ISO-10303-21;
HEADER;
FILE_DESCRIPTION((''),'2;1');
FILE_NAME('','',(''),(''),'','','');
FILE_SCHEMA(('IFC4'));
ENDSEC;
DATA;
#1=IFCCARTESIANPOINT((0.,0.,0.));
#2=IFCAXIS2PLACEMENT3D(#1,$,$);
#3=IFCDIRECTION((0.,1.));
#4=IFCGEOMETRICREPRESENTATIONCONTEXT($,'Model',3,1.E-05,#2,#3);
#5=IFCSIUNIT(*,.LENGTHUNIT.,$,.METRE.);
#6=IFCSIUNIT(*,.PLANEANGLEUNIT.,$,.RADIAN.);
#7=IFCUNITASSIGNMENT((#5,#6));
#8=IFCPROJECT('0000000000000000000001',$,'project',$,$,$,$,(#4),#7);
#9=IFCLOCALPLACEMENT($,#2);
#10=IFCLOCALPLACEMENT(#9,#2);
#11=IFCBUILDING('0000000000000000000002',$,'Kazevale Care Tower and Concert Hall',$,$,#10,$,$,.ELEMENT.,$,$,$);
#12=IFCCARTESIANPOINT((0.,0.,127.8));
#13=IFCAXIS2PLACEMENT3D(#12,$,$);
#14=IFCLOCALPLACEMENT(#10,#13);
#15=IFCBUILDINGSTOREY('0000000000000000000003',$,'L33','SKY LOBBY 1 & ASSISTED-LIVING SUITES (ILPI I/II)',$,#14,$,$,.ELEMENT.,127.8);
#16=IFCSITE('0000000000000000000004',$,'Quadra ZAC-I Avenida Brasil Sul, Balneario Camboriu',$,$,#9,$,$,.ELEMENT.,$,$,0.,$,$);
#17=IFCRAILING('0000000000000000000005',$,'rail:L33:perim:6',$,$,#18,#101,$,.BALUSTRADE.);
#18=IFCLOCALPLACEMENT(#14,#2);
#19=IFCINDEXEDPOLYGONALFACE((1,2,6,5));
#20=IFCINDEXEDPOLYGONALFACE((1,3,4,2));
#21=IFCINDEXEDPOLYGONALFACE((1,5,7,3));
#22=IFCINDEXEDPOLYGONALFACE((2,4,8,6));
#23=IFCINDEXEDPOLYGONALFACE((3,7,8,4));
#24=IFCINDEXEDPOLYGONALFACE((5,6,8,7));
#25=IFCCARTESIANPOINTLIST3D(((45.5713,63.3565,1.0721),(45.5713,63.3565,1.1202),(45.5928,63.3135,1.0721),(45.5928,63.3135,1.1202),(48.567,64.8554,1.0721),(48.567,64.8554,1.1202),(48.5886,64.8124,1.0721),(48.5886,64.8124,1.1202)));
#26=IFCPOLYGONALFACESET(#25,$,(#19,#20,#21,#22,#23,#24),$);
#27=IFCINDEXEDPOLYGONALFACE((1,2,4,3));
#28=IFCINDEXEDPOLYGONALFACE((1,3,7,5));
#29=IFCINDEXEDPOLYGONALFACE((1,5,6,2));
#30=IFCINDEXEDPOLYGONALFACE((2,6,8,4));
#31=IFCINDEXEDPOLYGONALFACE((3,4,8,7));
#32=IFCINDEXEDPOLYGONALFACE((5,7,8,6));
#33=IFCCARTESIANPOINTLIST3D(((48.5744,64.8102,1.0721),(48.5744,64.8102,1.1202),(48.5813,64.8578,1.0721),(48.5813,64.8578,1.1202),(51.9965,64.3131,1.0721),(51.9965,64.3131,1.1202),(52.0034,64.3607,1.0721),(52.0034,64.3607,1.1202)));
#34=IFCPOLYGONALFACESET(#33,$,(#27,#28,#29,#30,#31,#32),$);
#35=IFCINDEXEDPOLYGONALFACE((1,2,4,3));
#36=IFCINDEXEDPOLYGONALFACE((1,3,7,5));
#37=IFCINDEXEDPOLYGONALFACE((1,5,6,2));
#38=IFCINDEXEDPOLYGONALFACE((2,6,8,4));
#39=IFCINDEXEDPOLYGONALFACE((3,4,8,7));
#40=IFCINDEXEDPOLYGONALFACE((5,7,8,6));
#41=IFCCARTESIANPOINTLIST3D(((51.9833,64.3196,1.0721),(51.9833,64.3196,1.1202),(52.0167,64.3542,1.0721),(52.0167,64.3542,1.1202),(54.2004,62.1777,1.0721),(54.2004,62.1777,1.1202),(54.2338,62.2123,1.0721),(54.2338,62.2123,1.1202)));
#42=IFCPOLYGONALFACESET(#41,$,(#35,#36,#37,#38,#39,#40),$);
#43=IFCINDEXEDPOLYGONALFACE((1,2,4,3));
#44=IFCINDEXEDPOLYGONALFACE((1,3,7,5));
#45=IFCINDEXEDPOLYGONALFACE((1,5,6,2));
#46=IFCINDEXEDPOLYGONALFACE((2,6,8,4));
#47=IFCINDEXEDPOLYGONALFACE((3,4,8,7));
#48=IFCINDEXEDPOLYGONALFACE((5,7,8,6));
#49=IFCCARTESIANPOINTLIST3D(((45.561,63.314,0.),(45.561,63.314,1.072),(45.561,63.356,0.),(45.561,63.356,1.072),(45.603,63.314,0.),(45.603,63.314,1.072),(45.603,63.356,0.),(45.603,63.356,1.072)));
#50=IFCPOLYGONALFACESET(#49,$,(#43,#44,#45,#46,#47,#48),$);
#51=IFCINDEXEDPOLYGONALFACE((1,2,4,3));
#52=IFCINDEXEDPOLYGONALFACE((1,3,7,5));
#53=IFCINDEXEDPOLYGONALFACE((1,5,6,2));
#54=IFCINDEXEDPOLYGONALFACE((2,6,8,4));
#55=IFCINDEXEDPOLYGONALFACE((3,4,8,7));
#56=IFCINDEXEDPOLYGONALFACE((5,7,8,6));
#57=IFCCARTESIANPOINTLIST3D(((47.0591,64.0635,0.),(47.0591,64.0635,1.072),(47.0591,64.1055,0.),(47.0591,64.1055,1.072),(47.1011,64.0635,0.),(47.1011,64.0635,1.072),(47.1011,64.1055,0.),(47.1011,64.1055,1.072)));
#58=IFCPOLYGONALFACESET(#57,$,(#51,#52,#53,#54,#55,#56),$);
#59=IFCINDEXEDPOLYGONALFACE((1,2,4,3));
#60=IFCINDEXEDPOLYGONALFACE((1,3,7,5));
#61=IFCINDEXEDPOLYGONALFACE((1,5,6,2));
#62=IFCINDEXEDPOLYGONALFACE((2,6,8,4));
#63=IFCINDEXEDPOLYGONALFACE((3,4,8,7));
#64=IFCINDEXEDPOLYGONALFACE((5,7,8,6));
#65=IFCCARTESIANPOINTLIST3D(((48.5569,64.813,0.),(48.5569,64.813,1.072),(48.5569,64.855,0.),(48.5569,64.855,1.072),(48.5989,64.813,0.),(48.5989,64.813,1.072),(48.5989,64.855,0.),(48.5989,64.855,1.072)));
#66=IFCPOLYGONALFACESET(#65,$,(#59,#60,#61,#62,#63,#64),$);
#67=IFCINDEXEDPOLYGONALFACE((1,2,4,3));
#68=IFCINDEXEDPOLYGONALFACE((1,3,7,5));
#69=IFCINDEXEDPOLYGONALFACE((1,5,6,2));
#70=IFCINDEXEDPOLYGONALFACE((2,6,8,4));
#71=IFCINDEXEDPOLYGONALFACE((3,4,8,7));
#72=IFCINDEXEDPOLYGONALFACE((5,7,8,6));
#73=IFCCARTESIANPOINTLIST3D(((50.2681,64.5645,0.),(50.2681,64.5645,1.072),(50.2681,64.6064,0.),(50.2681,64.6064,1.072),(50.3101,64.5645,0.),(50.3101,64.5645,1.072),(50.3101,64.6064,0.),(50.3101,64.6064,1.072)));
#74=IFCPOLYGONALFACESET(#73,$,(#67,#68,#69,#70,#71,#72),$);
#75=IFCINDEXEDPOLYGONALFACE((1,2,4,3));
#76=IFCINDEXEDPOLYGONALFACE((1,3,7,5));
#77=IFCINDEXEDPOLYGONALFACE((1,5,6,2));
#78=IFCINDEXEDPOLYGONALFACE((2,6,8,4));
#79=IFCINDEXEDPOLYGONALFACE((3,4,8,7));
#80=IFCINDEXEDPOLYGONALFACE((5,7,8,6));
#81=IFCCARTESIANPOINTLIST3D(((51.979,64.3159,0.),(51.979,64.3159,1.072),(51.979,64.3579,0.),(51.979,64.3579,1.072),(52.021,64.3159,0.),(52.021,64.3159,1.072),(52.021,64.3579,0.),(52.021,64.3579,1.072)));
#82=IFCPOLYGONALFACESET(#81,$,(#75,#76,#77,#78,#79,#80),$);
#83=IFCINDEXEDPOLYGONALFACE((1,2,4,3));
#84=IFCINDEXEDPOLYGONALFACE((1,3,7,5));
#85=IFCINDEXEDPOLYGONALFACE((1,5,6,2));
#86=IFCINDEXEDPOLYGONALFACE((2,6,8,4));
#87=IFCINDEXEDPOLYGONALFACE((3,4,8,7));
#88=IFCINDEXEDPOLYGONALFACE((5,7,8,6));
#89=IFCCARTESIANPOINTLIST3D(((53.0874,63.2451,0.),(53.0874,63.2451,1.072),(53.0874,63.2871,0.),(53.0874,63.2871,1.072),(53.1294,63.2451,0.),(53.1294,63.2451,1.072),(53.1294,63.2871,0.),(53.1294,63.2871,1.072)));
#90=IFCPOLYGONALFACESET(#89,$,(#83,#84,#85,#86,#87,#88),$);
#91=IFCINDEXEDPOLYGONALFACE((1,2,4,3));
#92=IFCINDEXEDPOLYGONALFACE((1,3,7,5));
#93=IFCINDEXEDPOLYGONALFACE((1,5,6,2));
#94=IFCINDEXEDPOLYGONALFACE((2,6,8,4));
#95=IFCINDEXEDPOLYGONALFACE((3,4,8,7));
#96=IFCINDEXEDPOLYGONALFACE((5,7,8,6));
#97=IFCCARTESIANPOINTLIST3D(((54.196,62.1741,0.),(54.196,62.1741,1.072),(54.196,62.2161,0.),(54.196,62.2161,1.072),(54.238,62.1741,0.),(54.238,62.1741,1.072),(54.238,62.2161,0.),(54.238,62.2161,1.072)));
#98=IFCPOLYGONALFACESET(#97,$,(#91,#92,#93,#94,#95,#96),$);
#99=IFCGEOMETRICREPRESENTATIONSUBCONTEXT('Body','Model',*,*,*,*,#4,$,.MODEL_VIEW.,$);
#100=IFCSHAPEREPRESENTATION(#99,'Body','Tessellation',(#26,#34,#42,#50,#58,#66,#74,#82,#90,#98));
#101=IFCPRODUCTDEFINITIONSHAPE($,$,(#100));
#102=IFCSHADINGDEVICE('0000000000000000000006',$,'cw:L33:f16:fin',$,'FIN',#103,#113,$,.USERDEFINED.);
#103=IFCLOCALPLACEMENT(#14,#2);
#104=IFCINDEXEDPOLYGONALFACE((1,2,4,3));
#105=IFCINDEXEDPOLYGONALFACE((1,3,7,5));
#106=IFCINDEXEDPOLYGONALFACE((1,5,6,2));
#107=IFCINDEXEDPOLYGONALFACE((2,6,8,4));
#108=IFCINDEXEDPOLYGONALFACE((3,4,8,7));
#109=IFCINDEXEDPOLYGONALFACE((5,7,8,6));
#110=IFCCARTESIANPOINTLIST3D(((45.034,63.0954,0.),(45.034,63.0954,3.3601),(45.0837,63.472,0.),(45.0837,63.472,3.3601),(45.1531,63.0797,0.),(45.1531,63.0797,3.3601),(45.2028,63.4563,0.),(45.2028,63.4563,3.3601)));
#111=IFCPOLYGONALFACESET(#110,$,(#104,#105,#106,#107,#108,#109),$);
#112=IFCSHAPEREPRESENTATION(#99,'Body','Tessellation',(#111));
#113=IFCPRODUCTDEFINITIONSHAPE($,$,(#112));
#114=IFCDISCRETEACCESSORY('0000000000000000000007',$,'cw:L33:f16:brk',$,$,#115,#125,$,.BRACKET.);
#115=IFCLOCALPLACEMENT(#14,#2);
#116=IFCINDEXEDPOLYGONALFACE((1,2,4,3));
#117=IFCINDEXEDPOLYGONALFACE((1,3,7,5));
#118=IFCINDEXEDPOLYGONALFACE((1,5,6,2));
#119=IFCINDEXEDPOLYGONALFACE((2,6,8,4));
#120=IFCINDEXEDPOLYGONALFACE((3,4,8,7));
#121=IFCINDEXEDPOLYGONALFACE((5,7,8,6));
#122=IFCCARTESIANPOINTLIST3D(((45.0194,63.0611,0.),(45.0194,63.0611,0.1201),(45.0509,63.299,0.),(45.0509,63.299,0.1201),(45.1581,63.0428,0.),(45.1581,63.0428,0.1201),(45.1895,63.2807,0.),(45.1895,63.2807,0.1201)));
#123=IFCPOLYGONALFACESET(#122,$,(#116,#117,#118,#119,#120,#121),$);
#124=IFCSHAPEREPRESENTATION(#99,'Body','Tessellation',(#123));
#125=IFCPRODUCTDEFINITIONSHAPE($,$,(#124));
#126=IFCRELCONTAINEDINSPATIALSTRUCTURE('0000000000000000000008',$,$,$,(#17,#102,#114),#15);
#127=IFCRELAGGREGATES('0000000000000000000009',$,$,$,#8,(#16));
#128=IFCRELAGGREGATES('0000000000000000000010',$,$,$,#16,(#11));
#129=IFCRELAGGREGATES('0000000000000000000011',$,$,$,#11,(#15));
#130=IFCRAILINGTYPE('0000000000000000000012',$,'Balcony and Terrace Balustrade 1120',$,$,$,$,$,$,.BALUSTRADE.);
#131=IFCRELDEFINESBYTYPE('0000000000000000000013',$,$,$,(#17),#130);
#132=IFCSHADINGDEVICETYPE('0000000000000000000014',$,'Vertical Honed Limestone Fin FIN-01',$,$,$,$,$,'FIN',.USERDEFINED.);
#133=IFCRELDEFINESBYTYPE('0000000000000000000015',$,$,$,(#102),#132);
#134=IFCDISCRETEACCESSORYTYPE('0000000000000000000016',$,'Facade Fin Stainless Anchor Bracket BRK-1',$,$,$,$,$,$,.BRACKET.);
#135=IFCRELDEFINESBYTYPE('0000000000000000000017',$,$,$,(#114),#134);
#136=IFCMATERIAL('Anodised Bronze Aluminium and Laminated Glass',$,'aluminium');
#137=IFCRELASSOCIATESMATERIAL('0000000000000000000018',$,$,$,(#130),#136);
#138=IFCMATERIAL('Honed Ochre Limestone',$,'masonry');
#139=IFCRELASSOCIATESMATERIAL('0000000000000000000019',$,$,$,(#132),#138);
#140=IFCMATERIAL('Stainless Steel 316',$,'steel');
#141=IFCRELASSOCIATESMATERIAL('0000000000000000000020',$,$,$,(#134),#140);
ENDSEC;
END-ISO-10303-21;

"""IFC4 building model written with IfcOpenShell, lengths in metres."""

from ifc_helpers import new_model, si_unit, direction, frame, origin, origin_2d, place, context, subcontext, project, spatial, rectangle, extrude, material, type_object, element, save


model = new_model("IFC4")

# Units and contexts
model_context = context("Model", 3, precision=1e-05, world=origin(), true_north=direction((0.0, 1.0)))
body_context = subcontext(model_context, "Body", "Model", "MODEL_VIEW")
ifc_project = project(units=[si_unit("LENGTHUNIT", "METRE"), si_unit("PLANEANGLEUNIT", "RADIAN")], contexts=[model_context])

# Site, building, storey
site_placement = place(None, origin())
site = spatial("IfcSite", under=ifc_project, at=site_placement, Name="Quadra ZAC-I Avenida Brasil Sul, Balneario Camboriu", CompositionType="ELEMENT", RefElevation=0.0)
building_placement = place(site_placement, origin())
building = spatial("IfcBuilding", under=site, at=building_placement, Name="Kazevale Care Tower and Concert Hall", CompositionType="ELEMENT")
storey_placement = place(building_placement, frame((0.0, 0.0, 127.8)))
storey = spatial("IfcBuildingStorey", under=building, at=storey_placement, Name="L33", Description="SKY LOBBY 1 & ASSISTED-LIVING SUITES (ILPI I/II)", CompositionType="ELEMENT", Elevation=127.8)

# Railing
ifc_material_1 = material(Name="Anodised Bronze Aluminium and Laminated Glass", Category="aluminium")
railing_type = type_object("IfcRailingType", Name="Balcony and Terrace Balustrade 1120", PredefinedType="BALUSTRADE", material=ifc_material_1)
railing_placement = place(storey_placement, frame((45.582, 63.335, 0.0)))
element("IfcRailing", 1, at=railing_placement, inside=storey, type_object=railing_type, Name="rail:L33:perim:6", PredefinedType="BALUSTRADE", context=body_context, shape_type="SweptSolid", body=[
    extrude(rectangle(XDim=0.0481, YDim=0.0481, at=origin_2d()), frame((0.0, 0.0, 1.0962), z_axis=(0.894296, 0.447476, 0.0), x_axis=(-0.447476, 0.894296, 0.0)), (0.0, 0.0, 1.0), 3.3499),
    extrude(rectangle(XDim=0.0481, YDim=0.0481, at=origin_2d()), frame((2.9958, 1.499, 1.0962), z_axis=(0.989615, -0.143744, 0.0), x_axis=(0.143744, 0.989615, 0.0)), (0.0, 0.0, 1.0), 3.458),
    extrude(rectangle(XDim=0.0481, YDim=0.0481, at=origin_2d()), frame((6.418, 1.002, 1.0962), z_axis=(0.719198, -0.694805, 0.0), x_axis=(0.694805, 0.719198, 0.0)), (0.0, 0.0, 1.0), 3.0828),
    extrude(rectangle(XDim=0.042, YDim=0.042, at=origin_2d()), origin(), (0.0, 0.0, 1.0), 1.072),
    extrude(rectangle(XDim=0.042, YDim=0.042, at=origin_2d()), frame((1.498, 0.7495, 0.0)), (0.0, 0.0, 1.0), 1.072),
    extrude(rectangle(XDim=0.042, YDim=0.042, at=origin_2d()), frame((2.9958, 1.499, 0.0)), (0.0, 0.0, 1.0), 1.072),
    extrude(rectangle(XDim=0.042, YDim=0.042, at=origin_2d()), frame((4.707, 1.2505, 0.0)), (0.0, 0.0, 1.0), 1.072),
    extrude(rectangle(XDim=0.042, YDim=0.042, at=origin_2d()), frame((6.418, 1.002, 0.0)), (0.0, 0.0, 1.0), 1.072),
    extrude(rectangle(XDim=0.042, YDim=0.042, at=origin_2d()), frame((7.5264, -0.0688, 0.0)), (0.0, 0.0, 1.0), 1.072),
    extrude(rectangle(XDim=0.042, YDim=0.042, at=origin_2d()), frame((8.635, -1.1399, 0.0)), (0.0, 0.0, 1.0), 1.072),
])

# Shading device
ifc_material_2 = material(Name="Honed Ochre Limestone", Category="masonry")
shading_device_type = type_object("IfcShadingDeviceType", Name="Vertical Honed Limestone Fin FIN-01", ElementType="FIN", PredefinedType="USERDEFINED", material=ifc_material_2)
shading_device_placement = place(storey_placement, frame((45.1184, 63.2759, 0.0), z_axis=(0.0, 0.0, 1.0), x_axis=(0.130872, 0.991399, 0.0)))
element("IfcShadingDevice", 2, at=shading_device_placement, inside=storey, type_object=shading_device_type, Name="cw:L33:f16:fin", ObjectType="FIN", PredefinedType="USERDEFINED", context=body_context, shape_type="SweptSolid", body=[
    extrude(rectangle(XDim=0.3799, YDim=0.1201, at=origin_2d()), origin(), (0.0, 0.0, 1.0), 3.3601),
])

# Discrete accessory
ifc_material_3 = material(Name="Stainless Steel 316", Category="steel")
discrete_accessory_type = type_object("IfcDiscreteAccessoryType", Name="Facade Fin Stainless Anchor Bracket BRK-1", PredefinedType="BRACKET", material=ifc_material_3)
discrete_accessory_placement = place(storey_placement, frame((45.1045, 63.1709, 0.0), z_axis=(0.0, 0.0, 1.0), x_axis=(0.130872, 0.991399, 0.0)))
element("IfcDiscreteAccessory", 3, at=discrete_accessory_placement, inside=storey, type_object=discrete_accessory_type, Name="cw:L33:f16:brk", PredefinedType="BRACKET", context=body_context, shape_type="SweptSolid", body=[
    extrude(rectangle(XDim=0.24, YDim=0.1399, at=origin_2d()), origin(), (0.0, 0.0, 1.0), 0.1201),
])

save(model, "model.ifc")
